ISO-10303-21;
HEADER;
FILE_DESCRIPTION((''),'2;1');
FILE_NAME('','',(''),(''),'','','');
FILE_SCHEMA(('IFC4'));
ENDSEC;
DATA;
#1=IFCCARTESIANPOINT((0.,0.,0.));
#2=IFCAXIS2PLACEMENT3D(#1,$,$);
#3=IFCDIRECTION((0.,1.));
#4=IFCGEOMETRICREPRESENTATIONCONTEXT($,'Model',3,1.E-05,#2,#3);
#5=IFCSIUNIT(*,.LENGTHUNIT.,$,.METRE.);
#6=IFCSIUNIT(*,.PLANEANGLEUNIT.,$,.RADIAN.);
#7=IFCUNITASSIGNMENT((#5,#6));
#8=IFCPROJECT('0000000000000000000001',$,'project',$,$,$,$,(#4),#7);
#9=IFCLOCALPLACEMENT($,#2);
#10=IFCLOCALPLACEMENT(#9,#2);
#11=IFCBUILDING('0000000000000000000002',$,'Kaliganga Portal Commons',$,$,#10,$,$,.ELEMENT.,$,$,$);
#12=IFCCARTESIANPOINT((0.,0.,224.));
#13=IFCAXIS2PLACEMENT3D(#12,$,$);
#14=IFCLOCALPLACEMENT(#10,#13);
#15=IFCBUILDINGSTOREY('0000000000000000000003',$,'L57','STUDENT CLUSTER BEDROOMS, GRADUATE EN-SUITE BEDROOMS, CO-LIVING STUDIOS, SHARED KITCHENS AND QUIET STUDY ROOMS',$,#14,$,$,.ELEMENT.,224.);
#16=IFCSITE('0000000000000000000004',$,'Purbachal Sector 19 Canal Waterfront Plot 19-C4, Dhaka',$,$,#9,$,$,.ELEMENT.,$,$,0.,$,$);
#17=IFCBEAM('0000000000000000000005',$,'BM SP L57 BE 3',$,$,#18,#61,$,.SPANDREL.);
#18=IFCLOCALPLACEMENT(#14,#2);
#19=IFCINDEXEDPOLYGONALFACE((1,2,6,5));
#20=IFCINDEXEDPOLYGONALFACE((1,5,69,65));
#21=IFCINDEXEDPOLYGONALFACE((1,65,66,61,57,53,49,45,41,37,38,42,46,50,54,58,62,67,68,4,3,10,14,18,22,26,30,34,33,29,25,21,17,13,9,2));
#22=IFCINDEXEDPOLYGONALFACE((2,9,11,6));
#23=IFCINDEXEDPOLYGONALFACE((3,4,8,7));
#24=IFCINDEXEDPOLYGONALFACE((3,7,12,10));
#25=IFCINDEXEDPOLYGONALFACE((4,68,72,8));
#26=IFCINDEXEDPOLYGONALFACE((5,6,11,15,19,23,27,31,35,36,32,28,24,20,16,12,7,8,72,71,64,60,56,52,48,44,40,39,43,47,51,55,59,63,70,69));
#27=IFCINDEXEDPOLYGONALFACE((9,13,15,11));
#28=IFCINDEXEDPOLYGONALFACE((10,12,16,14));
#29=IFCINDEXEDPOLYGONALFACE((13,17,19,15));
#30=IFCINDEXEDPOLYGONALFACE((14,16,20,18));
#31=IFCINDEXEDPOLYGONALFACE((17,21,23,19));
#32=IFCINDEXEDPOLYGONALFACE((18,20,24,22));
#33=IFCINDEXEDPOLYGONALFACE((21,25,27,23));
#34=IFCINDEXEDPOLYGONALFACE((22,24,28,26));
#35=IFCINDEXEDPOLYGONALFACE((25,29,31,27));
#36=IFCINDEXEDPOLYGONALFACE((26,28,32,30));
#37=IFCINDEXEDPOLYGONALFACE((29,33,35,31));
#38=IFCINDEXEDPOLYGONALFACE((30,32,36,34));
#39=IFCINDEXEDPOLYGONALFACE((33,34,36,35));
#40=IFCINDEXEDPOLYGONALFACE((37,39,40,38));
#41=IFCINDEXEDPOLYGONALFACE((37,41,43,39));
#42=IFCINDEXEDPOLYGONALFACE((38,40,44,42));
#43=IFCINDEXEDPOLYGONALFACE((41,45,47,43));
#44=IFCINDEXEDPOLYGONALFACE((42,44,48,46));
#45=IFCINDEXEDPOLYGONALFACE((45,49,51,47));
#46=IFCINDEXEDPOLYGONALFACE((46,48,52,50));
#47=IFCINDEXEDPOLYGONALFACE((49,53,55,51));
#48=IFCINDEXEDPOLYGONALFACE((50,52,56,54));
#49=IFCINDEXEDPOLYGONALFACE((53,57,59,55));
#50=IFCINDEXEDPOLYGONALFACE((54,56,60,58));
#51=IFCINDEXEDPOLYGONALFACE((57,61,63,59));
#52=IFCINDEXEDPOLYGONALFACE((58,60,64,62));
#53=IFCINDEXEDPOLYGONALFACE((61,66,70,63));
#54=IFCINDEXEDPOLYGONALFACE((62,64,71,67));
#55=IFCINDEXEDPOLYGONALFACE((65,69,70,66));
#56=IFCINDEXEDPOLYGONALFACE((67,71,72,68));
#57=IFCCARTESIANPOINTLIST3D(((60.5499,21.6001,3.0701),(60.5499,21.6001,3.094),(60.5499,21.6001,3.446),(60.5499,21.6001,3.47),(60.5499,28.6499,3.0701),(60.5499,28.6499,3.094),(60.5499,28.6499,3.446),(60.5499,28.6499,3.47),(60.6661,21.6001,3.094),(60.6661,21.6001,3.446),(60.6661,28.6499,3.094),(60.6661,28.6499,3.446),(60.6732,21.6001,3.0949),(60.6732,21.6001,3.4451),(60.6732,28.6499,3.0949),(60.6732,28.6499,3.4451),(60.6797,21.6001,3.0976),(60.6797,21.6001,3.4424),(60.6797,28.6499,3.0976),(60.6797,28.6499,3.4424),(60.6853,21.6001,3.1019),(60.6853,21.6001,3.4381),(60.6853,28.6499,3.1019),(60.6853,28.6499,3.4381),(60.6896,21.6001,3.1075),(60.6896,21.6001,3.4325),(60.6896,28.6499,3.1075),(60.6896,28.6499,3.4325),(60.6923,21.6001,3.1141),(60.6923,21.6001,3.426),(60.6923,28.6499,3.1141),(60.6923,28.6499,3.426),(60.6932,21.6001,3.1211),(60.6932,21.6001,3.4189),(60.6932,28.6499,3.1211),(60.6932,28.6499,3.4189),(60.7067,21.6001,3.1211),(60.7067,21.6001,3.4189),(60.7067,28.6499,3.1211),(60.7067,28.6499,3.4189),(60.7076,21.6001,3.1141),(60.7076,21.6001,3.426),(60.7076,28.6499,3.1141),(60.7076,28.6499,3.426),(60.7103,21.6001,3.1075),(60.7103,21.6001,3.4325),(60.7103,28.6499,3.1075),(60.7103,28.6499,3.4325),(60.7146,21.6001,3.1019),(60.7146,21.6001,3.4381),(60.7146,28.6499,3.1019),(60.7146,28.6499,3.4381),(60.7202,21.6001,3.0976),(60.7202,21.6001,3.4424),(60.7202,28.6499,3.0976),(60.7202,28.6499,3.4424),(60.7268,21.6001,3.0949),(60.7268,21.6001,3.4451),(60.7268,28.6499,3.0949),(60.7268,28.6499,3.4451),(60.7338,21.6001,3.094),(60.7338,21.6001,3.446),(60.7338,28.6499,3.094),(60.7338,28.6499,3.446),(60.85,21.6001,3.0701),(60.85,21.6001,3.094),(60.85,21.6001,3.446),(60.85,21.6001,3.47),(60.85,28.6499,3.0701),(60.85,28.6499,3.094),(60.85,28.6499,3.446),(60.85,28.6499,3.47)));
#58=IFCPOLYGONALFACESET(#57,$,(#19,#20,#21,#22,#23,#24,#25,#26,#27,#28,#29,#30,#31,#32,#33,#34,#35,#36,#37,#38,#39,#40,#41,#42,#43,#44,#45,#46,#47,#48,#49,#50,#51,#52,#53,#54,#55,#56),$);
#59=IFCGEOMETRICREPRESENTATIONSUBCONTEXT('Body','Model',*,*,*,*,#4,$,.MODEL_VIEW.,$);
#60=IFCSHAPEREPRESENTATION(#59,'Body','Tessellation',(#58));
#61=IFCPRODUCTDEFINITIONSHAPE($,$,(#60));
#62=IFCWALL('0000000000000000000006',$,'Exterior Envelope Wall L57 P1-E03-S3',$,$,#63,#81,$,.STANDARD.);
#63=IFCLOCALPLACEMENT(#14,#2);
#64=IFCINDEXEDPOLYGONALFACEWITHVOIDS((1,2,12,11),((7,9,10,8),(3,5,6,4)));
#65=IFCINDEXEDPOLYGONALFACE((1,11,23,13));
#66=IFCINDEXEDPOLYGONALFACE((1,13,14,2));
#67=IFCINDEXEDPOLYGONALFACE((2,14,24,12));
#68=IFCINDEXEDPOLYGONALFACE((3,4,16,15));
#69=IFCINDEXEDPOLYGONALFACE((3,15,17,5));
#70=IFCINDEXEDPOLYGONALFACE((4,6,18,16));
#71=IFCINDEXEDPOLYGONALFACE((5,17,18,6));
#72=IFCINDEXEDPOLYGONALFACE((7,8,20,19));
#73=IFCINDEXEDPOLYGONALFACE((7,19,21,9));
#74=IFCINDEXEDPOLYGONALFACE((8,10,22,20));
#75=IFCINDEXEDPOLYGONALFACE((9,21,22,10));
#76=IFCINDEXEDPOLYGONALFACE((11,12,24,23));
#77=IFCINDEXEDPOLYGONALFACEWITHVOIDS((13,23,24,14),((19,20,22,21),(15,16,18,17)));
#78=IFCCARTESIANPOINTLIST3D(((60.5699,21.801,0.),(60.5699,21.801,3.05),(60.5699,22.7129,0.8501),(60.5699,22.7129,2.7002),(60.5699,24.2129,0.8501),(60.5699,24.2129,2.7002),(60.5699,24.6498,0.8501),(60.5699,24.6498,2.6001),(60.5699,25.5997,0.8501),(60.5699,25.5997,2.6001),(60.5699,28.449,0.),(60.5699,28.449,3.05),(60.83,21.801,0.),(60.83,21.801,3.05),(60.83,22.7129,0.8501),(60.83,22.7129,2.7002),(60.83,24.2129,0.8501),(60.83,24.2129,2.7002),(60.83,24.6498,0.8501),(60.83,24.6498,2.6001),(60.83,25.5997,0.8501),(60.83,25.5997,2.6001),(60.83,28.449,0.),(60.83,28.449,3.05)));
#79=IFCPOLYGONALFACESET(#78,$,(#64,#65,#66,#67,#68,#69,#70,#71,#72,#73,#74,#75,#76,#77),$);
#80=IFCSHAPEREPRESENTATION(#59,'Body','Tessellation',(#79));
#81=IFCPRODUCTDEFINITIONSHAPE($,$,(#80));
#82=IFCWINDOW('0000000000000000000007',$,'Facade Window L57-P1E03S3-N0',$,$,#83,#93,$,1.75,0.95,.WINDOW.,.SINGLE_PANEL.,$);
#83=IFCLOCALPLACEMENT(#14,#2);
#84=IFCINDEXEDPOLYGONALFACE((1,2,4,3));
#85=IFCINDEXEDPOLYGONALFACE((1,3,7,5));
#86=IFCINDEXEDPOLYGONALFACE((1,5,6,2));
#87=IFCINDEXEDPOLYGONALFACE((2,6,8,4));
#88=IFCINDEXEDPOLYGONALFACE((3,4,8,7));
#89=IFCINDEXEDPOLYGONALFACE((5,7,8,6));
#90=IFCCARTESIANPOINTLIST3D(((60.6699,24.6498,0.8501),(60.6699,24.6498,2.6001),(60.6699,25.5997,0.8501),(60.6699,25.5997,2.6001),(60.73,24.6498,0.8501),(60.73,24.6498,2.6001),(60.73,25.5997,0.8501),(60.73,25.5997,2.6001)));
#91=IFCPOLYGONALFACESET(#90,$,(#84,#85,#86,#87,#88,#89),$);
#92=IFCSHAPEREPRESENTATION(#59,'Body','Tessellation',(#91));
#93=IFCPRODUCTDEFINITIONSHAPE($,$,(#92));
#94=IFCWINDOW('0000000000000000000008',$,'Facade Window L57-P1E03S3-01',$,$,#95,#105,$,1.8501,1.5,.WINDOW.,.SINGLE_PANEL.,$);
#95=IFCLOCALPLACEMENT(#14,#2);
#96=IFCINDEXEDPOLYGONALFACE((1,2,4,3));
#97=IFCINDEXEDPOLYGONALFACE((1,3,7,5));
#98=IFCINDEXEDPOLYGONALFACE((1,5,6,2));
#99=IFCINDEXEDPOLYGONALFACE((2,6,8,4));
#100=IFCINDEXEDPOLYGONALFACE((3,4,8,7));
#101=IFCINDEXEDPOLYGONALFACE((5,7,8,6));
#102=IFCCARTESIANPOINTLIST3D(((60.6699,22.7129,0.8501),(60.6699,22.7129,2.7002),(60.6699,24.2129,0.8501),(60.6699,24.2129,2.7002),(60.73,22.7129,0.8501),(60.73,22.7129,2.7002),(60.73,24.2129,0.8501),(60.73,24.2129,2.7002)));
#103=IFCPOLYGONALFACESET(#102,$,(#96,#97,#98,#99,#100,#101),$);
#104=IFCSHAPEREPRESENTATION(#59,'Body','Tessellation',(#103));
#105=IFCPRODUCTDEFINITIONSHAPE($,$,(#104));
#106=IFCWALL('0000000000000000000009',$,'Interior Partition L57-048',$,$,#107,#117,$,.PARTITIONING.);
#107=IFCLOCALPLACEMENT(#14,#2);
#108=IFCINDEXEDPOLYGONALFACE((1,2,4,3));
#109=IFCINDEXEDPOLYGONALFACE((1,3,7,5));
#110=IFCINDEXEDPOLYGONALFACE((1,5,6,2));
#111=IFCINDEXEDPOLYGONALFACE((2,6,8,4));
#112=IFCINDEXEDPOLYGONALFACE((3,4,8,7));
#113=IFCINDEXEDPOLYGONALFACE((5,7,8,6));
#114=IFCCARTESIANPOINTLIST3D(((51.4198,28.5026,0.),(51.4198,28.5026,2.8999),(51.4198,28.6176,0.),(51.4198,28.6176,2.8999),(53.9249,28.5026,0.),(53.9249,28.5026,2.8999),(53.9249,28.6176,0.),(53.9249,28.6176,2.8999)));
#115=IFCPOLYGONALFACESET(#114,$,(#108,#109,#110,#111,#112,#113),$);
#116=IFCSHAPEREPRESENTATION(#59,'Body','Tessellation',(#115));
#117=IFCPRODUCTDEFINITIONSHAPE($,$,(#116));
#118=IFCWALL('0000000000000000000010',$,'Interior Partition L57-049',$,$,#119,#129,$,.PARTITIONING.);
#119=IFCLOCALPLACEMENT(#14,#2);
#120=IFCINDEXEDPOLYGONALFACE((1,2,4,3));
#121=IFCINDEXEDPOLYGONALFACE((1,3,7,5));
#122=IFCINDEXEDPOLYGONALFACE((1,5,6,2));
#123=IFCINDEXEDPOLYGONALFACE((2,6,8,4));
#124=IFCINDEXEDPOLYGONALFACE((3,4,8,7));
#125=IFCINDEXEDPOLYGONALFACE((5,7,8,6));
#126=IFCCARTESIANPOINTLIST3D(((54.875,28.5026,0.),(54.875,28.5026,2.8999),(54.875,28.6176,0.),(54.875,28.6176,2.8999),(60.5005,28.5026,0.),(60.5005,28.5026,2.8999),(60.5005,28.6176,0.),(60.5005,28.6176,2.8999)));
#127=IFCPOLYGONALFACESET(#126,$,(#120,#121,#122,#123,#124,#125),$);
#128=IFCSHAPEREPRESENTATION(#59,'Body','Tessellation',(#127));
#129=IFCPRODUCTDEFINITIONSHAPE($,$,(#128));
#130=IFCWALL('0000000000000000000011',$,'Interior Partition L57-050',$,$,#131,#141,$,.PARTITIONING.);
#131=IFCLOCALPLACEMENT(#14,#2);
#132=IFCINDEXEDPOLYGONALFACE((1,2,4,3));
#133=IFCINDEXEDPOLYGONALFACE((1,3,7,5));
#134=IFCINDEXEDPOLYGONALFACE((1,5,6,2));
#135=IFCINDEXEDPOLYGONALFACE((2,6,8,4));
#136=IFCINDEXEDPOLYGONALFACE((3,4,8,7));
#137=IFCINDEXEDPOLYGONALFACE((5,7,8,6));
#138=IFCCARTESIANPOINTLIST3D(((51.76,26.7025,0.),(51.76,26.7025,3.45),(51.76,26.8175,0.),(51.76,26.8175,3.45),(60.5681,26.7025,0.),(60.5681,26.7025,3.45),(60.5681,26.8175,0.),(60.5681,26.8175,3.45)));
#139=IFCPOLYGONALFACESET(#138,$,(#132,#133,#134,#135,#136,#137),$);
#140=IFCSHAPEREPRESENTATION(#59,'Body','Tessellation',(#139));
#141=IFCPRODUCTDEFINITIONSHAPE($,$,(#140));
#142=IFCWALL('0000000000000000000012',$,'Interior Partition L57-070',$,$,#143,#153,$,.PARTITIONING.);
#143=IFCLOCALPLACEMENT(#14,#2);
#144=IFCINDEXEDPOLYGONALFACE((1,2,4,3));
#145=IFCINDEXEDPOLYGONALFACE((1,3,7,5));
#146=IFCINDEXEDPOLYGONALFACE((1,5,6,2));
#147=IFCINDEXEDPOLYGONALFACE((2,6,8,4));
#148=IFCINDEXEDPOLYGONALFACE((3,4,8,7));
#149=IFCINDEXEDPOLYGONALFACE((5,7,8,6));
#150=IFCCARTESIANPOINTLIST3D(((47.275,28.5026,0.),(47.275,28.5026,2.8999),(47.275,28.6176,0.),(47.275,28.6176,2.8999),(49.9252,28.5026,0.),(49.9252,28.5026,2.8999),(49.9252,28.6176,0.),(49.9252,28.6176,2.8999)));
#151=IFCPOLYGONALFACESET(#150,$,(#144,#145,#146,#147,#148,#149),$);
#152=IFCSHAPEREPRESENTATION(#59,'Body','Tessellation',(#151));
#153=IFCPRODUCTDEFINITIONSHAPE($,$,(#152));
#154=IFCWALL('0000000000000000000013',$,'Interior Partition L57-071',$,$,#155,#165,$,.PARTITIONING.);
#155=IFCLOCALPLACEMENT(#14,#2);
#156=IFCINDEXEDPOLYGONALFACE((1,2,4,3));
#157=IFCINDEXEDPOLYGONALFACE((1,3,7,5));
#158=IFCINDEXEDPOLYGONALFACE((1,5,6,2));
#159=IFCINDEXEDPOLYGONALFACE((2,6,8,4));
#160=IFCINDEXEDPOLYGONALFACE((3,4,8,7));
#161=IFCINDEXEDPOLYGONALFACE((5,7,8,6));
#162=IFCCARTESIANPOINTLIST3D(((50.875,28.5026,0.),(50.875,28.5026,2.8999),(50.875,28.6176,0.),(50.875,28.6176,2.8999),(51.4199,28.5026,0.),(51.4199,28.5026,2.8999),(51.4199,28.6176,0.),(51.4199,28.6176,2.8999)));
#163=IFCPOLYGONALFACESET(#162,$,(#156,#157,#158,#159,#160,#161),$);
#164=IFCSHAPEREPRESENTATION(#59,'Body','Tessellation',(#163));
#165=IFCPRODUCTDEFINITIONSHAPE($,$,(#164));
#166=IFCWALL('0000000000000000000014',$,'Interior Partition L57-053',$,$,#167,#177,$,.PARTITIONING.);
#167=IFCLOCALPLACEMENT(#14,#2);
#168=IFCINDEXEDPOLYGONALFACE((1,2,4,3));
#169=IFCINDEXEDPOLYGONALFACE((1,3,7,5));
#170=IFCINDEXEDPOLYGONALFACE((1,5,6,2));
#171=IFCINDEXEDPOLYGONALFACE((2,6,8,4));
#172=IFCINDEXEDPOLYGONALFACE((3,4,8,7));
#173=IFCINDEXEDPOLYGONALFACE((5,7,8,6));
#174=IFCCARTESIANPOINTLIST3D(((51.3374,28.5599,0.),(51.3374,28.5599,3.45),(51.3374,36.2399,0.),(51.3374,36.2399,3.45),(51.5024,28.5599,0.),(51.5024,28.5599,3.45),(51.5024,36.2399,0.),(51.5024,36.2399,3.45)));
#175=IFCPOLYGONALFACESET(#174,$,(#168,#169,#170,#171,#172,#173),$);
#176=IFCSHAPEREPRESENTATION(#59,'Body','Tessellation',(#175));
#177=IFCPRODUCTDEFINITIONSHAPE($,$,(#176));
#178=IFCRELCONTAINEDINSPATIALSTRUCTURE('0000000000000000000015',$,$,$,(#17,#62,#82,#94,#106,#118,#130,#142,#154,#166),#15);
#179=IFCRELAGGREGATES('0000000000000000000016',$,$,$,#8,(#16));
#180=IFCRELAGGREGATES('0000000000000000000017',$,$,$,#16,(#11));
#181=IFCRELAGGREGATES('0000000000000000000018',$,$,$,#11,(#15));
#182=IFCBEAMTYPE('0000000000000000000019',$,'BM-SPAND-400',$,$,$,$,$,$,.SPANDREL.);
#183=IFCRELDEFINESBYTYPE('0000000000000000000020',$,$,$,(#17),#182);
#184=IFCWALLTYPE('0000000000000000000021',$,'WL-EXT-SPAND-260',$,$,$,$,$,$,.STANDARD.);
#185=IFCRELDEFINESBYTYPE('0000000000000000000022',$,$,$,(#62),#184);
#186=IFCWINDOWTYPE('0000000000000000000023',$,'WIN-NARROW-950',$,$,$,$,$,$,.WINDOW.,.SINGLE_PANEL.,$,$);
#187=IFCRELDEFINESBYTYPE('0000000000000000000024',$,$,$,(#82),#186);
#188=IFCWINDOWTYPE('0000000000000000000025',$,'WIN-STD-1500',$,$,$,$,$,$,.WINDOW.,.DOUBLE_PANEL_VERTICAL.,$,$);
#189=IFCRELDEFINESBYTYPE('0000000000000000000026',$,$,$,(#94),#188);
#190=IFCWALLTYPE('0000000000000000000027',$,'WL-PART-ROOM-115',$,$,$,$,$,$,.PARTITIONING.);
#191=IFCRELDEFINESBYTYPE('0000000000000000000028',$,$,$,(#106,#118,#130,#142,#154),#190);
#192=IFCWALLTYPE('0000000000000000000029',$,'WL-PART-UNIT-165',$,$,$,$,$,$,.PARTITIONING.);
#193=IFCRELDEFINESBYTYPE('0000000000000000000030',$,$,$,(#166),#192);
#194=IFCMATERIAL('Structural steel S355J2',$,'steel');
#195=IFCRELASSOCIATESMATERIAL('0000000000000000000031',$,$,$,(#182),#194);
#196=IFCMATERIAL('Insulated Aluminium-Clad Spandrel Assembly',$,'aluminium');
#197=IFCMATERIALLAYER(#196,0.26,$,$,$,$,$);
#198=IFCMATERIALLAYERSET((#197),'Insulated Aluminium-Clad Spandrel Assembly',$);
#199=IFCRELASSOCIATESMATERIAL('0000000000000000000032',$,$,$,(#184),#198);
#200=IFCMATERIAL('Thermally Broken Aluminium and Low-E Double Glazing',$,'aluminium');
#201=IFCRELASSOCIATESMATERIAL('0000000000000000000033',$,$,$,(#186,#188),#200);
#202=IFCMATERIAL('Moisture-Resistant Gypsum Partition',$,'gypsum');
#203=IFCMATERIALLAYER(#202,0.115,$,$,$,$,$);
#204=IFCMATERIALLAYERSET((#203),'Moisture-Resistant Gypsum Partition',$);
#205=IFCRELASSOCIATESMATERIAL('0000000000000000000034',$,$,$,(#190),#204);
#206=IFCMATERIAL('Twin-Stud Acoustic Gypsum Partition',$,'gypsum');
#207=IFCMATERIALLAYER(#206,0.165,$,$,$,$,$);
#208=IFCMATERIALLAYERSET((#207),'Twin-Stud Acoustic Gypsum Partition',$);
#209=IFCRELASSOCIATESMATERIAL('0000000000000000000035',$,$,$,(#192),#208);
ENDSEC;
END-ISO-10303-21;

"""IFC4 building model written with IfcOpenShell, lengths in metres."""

from ifc_helpers import new_model, si_unit, direction, frame, frame_2d, origin, origin_2d, place, context, subcontext, project, spatial, rectangle, i_section, extrude, source, transform, mapped, material, layer, layer_set, material_profile, profile_set, type_object, element, fill, save


model = new_model("IFC4")

# Units and contexts
model_context = context("Model", 3, precision=1e-05, world=origin(), true_north=direction((0.0, 1.0)))
body_context = subcontext(model_context, "Body", "Model", "MODEL_VIEW")
ifc_project = project(units=[si_unit("LENGTHUNIT", "METRE"), si_unit("PLANEANGLEUNIT", "RADIAN")], contexts=[model_context])

# Site, building, storey
site_placement = place(None, origin())
site = spatial("IfcSite", under=ifc_project, at=site_placement, Name="Purbachal Sector 19 Canal Waterfront Plot 19-C4, Dhaka", CompositionType="ELEMENT", RefElevation=0.0)
building_placement = place(site_placement, origin())
building = spatial("IfcBuilding", under=site, at=building_placement, Name="Kaliganga Portal Commons", CompositionType="ELEMENT")
storey_placement = place(building_placement, frame((0.0, 0.0, 224.0)))
storey = spatial("IfcBuildingStorey", under=building, at=storey_placement, Name="L57", Description="STUDENT CLUSTER BEDROOMS, GRADUATE EN-SUITE BEDROOMS, CO-LIVING STUDIOS, SHARED KITCHENS AND QUIET STUDY ROOMS", CompositionType="ELEMENT", Elevation=224.0)

# Shared definitions
ifc_material_1 = material(Name="Structural steel S355J2", Category="steel")

# Beam
ifc_material_profile_1 = material_profile(ifc_material_1, i_section(OverallWidth=0.3, OverallDepth=0.3999, WebThickness=0.0134, FlangeThickness=0.0239, FilletRadius=0.0271, at=origin_2d()), Name="HE 400 B")
ifc_profile_set_1 = profile_set([ifc_material_profile_1], Name="Structural steel S355J2 wide-flange")
beam_type_1 = type_object("IfcBeamType", Name="BM-SPAND-400", PredefinedType="SPANDREL", material=ifc_profile_set_1)
shared_shape_1 = source(origin(), body_context, "Body", "SweptSolid", [
    extrude(i_section(OverallWidth=0.3, OverallDepth=0.3999, WebThickness=0.0134, FlangeThickness=0.0239, FilletRadius=0.0271, at=origin_2d()), origin(), (0.0, 0.0, 1.0), 7.0498),
])
beam_placement = place(storey_placement, frame((60.7, 21.6001, 3.27), z_axis=(0.0, 1.0, 0.0), x_axis=(-1.0, 0.0, 0.0)))
element("IfcBeam", 1, at=beam_placement, inside=storey, type_object=beam_type_1, Name="BM SP L57 BE 3", PredefinedType="SPANDREL", context=body_context, shape_type="MappedRepresentation", body=[
    mapped(shared_shape_1, transform((0.0, 0.0, 0.0), x_axis=(1.0, 0.0, 0.0), y_axis=(0.0, 1.0, 0.0), z_axis=(0.0, 0.0, 1.0), scale=1.0)),
])

# Wall, openings, windows
ifc_material_2 = material(Name="Insulated Aluminium-Clad Spandrel Assembly", Category="aluminium")
ifc_layer_1 = layer(ifc_material_2, 0.26)
ifc_layer_set_1 = layer_set([ifc_layer_1], Name="Insulated Aluminium-Clad Spandrel Assembly")
wall_type_1 = type_object("IfcWallType", Name="WL-EXT-SPAND-260", PredefinedType="STANDARD", material=ifc_layer_set_1)
wall_1_placement = place(storey_placement, frame((60.7, 28.449, 0.0), z_axis=(0.0, 0.0, 1.0), x_axis=(0.0, -1.0, 0.0)))
wall_1 = element("IfcWall", 2, at=wall_1_placement, inside=storey, type_object=wall_type_1, Name="Exterior Envelope Wall L57 P1-E03-S3", PredefinedType="STANDARD", context=body_context, shape_type="SweptSolid", body=[
    extrude(rectangle(XDim=6.6479, YDim=0.26, at=frame_2d((3.324, 0.0))), origin(), (0.0, 0.0, 1.0), 3.05),
])
opening_1_placement = place(wall_1_placement, frame((4.2361, 0.0, 0.8501)))
opening_1 = element("IfcOpeningElement", 3, at=opening_1_placement, cuts=wall_1, PredefinedType="OPENING", context=body_context, shape_type="SweptSolid", body=[
    extrude(rectangle(XDim=1.5, YDim=1.8501, at=frame_2d((0.75, 0.925))), frame((0.0, 0.1401, 0.0), z_axis=(0.0, -1.0, 0.0), x_axis=(1.0, 0.0, 0.0)), (0.0, 0.0, 1.0), 0.28),
])
opening_2_placement = place(wall_1_placement, frame((2.8491, 0.0, 0.8501)))
opening_2 = element("IfcOpeningElement", 4, at=opening_2_placement, cuts=wall_1, PredefinedType="OPENING", context=body_context, shape_type="SweptSolid", body=[
    extrude(rectangle(XDim=0.95, YDim=1.75, at=frame_2d((0.4751, 0.875))), frame((0.0, 0.1401, 0.0), z_axis=(0.0, -1.0, 0.0), x_axis=(1.0, 0.0, 0.0)), (0.0, 0.0, 1.0), 0.28),
])
ifc_material_3 = material(Name="Thermally Broken Aluminium and Low-E Double Glazing", Category="aluminium")
window_type_1 = type_object("IfcWindowType", Name="WIN-NARROW-950", PartitioningType="SINGLE_PANEL", PredefinedType="WINDOW", material=ifc_material_3)
window_1_placement = place(opening_2_placement, origin())
window_1 = element("IfcWindow", 5, at=window_1_placement, inside=storey, type_object=window_type_1, Name="Facade Window L57-P1E03S3-N0", OverallHeight=1.75, OverallWidth=0.95, PartitioningType="SINGLE_PANEL", PredefinedType="WINDOW", context=body_context, shape_type="SweptSolid", body=[
    extrude(rectangle(XDim=0.95, YDim=1.75, at=frame_2d((0.4751, 0.875))), frame((0.0, 0.03, 0.0), z_axis=(0.0, -1.0, 0.0), x_axis=(1.0, 0.0, 0.0)), (0.0, 0.0, 1.0), 0.0601),
])
fill(opening_2, window_1)
window_type_2 = type_object("IfcWindowType", Name="WIN-STD-1500", PartitioningType="DOUBLE_PANEL_VERTICAL", PredefinedType="WINDOW", material=ifc_material_3)
window_2_placement = place(opening_1_placement, origin())
window_2 = element("IfcWindow", 6, at=window_2_placement, inside=storey, type_object=window_type_2, Name="Facade Window L57-P1E03S3-01", OverallHeight=1.8501, OverallWidth=1.5, PartitioningType="SINGLE_PANEL", PredefinedType="WINDOW", context=body_context, shape_type="SweptSolid", body=[
    extrude(rectangle(XDim=1.5, YDim=1.8501, at=frame_2d((0.75, 0.925))), frame((0.0, 0.03, 0.0), z_axis=(0.0, -1.0, 0.0), x_axis=(1.0, 0.0, 0.0)), (0.0, 0.0, 1.0), 0.0601),
])
fill(opening_1, window_2)

# Walls
ifc_material_4 = material(Name="Moisture-Resistant Gypsum Partition", Category="gypsum")
ifc_layer_2 = layer(ifc_material_4, 0.115)
ifc_layer_set_2 = layer_set([ifc_layer_2], Name="Moisture-Resistant Gypsum Partition")
wall_type_2 = type_object("IfcWallType", Name="WL-PART-ROOM-115", PredefinedType="PARTITIONING", material=ifc_layer_set_2)
wall_2_placement = place(storey_placement, frame((51.4199, 28.5601, 0.0), z_axis=(0.0, 0.0, 1.0), x_axis=(1.0, 0.0, 0.0)))
element("IfcWall", 7, at=wall_2_placement, inside=storey, type_object=wall_type_2, Name="Interior Partition L57-048", PredefinedType="PARTITIONING", context=body_context, shape_type="SweptSolid", body=[
    extrude(rectangle(XDim=2.5051, YDim=0.115, at=frame_2d((1.2524, 0.0))), origin(), (0.0, 0.0, 1.0), 2.8999),
])
wall_3_placement = place(storey_placement, frame((54.875, 28.5601, 0.0), z_axis=(0.0, 0.0, 1.0), x_axis=(1.0, 0.0, 0.0)))
element("IfcWall", 8, at=wall_3_placement, inside=storey, type_object=wall_type_2, Name="Interior Partition L57-049", PredefinedType="PARTITIONING", context=body_context, shape_type="SweptSolid", body=[
    extrude(rectangle(XDim=5.6255, YDim=0.115, at=frame_2d((2.8127, 0.0))), origin(), (0.0, 0.0, 1.0), 2.8999),
])
wall_4_placement = place(storey_placement, frame((51.76, 26.76, 0.0), z_axis=(0.0, 0.0, 1.0), x_axis=(1.0, 0.0, 0.0)))
element("IfcWall", 9, at=wall_4_placement, inside=storey, type_object=wall_type_2, Name="Interior Partition L57-050", PredefinedType="PARTITIONING", context=body_context, shape_type="SweptSolid", body=[
    extrude(rectangle(XDim=8.8081, YDim=0.115, at=frame_2d((4.4041, 0.0))), origin(), (0.0, 0.0, 1.0), 3.45),
])
wall_5_placement = place(storey_placement, frame((47.2749, 28.5601, 0.0), z_axis=(0.0, 0.0, 1.0), x_axis=(1.0, 0.0, 0.0)))
element("IfcWall", 10, at=wall_5_placement, inside=storey, type_object=wall_type_2, Name="Interior Partition L57-070", PredefinedType="PARTITIONING", context=body_context, shape_type="SweptSolid", body=[
    extrude(rectangle(XDim=2.6501, YDim=0.115, at=frame_2d((1.3252, 0.0))), origin(), (0.0, 0.0, 1.0), 2.8999),
])
wall_6_placement = place(storey_placement, frame((50.875, 28.5601, 0.0), z_axis=(0.0, 0.0, 1.0), x_axis=(1.0, 0.0, 0.0)))
element("IfcWall", 11, at=wall_6_placement, inside=storey, type_object=wall_type_2, Name="Interior Partition L57-071", PredefinedType="PARTITIONING", context=body_context, shape_type="SweptSolid", body=[
    extrude(rectangle(XDim=0.5449, YDim=0.115, at=frame_2d((0.2725, 0.0))), origin(), (0.0, 0.0, 1.0), 2.8999),
])
ifc_material_5 = material(Name="Twin-Stud Acoustic Gypsum Partition", Category="gypsum")
ifc_layer_3 = layer(ifc_material_5, 0.165)
ifc_layer_set_3 = layer_set([ifc_layer_3], Name="Twin-Stud Acoustic Gypsum Partition")
wall_type_3 = type_object("IfcWallType", Name="WL-PART-UNIT-165", PredefinedType="PARTITIONING", material=ifc_layer_set_3)
wall_7_placement = place(storey_placement, frame((51.4199, 28.5601, 0.0), z_axis=(0.0, 0.0, 1.0), x_axis=(0.0, 1.0, 0.0)))
element("IfcWall", 12, at=wall_7_placement, inside=storey, type_object=wall_type_3, Name="Interior Partition L57-053", PredefinedType="PARTITIONING", context=body_context, shape_type="SweptSolid", body=[
    extrude(rectangle(XDim=7.6799, YDim=0.165, at=frame_2d((3.8398, 0.0))), origin(), (0.0, 0.0, 1.0), 3.45),
])

save(model, "model.ifc")
